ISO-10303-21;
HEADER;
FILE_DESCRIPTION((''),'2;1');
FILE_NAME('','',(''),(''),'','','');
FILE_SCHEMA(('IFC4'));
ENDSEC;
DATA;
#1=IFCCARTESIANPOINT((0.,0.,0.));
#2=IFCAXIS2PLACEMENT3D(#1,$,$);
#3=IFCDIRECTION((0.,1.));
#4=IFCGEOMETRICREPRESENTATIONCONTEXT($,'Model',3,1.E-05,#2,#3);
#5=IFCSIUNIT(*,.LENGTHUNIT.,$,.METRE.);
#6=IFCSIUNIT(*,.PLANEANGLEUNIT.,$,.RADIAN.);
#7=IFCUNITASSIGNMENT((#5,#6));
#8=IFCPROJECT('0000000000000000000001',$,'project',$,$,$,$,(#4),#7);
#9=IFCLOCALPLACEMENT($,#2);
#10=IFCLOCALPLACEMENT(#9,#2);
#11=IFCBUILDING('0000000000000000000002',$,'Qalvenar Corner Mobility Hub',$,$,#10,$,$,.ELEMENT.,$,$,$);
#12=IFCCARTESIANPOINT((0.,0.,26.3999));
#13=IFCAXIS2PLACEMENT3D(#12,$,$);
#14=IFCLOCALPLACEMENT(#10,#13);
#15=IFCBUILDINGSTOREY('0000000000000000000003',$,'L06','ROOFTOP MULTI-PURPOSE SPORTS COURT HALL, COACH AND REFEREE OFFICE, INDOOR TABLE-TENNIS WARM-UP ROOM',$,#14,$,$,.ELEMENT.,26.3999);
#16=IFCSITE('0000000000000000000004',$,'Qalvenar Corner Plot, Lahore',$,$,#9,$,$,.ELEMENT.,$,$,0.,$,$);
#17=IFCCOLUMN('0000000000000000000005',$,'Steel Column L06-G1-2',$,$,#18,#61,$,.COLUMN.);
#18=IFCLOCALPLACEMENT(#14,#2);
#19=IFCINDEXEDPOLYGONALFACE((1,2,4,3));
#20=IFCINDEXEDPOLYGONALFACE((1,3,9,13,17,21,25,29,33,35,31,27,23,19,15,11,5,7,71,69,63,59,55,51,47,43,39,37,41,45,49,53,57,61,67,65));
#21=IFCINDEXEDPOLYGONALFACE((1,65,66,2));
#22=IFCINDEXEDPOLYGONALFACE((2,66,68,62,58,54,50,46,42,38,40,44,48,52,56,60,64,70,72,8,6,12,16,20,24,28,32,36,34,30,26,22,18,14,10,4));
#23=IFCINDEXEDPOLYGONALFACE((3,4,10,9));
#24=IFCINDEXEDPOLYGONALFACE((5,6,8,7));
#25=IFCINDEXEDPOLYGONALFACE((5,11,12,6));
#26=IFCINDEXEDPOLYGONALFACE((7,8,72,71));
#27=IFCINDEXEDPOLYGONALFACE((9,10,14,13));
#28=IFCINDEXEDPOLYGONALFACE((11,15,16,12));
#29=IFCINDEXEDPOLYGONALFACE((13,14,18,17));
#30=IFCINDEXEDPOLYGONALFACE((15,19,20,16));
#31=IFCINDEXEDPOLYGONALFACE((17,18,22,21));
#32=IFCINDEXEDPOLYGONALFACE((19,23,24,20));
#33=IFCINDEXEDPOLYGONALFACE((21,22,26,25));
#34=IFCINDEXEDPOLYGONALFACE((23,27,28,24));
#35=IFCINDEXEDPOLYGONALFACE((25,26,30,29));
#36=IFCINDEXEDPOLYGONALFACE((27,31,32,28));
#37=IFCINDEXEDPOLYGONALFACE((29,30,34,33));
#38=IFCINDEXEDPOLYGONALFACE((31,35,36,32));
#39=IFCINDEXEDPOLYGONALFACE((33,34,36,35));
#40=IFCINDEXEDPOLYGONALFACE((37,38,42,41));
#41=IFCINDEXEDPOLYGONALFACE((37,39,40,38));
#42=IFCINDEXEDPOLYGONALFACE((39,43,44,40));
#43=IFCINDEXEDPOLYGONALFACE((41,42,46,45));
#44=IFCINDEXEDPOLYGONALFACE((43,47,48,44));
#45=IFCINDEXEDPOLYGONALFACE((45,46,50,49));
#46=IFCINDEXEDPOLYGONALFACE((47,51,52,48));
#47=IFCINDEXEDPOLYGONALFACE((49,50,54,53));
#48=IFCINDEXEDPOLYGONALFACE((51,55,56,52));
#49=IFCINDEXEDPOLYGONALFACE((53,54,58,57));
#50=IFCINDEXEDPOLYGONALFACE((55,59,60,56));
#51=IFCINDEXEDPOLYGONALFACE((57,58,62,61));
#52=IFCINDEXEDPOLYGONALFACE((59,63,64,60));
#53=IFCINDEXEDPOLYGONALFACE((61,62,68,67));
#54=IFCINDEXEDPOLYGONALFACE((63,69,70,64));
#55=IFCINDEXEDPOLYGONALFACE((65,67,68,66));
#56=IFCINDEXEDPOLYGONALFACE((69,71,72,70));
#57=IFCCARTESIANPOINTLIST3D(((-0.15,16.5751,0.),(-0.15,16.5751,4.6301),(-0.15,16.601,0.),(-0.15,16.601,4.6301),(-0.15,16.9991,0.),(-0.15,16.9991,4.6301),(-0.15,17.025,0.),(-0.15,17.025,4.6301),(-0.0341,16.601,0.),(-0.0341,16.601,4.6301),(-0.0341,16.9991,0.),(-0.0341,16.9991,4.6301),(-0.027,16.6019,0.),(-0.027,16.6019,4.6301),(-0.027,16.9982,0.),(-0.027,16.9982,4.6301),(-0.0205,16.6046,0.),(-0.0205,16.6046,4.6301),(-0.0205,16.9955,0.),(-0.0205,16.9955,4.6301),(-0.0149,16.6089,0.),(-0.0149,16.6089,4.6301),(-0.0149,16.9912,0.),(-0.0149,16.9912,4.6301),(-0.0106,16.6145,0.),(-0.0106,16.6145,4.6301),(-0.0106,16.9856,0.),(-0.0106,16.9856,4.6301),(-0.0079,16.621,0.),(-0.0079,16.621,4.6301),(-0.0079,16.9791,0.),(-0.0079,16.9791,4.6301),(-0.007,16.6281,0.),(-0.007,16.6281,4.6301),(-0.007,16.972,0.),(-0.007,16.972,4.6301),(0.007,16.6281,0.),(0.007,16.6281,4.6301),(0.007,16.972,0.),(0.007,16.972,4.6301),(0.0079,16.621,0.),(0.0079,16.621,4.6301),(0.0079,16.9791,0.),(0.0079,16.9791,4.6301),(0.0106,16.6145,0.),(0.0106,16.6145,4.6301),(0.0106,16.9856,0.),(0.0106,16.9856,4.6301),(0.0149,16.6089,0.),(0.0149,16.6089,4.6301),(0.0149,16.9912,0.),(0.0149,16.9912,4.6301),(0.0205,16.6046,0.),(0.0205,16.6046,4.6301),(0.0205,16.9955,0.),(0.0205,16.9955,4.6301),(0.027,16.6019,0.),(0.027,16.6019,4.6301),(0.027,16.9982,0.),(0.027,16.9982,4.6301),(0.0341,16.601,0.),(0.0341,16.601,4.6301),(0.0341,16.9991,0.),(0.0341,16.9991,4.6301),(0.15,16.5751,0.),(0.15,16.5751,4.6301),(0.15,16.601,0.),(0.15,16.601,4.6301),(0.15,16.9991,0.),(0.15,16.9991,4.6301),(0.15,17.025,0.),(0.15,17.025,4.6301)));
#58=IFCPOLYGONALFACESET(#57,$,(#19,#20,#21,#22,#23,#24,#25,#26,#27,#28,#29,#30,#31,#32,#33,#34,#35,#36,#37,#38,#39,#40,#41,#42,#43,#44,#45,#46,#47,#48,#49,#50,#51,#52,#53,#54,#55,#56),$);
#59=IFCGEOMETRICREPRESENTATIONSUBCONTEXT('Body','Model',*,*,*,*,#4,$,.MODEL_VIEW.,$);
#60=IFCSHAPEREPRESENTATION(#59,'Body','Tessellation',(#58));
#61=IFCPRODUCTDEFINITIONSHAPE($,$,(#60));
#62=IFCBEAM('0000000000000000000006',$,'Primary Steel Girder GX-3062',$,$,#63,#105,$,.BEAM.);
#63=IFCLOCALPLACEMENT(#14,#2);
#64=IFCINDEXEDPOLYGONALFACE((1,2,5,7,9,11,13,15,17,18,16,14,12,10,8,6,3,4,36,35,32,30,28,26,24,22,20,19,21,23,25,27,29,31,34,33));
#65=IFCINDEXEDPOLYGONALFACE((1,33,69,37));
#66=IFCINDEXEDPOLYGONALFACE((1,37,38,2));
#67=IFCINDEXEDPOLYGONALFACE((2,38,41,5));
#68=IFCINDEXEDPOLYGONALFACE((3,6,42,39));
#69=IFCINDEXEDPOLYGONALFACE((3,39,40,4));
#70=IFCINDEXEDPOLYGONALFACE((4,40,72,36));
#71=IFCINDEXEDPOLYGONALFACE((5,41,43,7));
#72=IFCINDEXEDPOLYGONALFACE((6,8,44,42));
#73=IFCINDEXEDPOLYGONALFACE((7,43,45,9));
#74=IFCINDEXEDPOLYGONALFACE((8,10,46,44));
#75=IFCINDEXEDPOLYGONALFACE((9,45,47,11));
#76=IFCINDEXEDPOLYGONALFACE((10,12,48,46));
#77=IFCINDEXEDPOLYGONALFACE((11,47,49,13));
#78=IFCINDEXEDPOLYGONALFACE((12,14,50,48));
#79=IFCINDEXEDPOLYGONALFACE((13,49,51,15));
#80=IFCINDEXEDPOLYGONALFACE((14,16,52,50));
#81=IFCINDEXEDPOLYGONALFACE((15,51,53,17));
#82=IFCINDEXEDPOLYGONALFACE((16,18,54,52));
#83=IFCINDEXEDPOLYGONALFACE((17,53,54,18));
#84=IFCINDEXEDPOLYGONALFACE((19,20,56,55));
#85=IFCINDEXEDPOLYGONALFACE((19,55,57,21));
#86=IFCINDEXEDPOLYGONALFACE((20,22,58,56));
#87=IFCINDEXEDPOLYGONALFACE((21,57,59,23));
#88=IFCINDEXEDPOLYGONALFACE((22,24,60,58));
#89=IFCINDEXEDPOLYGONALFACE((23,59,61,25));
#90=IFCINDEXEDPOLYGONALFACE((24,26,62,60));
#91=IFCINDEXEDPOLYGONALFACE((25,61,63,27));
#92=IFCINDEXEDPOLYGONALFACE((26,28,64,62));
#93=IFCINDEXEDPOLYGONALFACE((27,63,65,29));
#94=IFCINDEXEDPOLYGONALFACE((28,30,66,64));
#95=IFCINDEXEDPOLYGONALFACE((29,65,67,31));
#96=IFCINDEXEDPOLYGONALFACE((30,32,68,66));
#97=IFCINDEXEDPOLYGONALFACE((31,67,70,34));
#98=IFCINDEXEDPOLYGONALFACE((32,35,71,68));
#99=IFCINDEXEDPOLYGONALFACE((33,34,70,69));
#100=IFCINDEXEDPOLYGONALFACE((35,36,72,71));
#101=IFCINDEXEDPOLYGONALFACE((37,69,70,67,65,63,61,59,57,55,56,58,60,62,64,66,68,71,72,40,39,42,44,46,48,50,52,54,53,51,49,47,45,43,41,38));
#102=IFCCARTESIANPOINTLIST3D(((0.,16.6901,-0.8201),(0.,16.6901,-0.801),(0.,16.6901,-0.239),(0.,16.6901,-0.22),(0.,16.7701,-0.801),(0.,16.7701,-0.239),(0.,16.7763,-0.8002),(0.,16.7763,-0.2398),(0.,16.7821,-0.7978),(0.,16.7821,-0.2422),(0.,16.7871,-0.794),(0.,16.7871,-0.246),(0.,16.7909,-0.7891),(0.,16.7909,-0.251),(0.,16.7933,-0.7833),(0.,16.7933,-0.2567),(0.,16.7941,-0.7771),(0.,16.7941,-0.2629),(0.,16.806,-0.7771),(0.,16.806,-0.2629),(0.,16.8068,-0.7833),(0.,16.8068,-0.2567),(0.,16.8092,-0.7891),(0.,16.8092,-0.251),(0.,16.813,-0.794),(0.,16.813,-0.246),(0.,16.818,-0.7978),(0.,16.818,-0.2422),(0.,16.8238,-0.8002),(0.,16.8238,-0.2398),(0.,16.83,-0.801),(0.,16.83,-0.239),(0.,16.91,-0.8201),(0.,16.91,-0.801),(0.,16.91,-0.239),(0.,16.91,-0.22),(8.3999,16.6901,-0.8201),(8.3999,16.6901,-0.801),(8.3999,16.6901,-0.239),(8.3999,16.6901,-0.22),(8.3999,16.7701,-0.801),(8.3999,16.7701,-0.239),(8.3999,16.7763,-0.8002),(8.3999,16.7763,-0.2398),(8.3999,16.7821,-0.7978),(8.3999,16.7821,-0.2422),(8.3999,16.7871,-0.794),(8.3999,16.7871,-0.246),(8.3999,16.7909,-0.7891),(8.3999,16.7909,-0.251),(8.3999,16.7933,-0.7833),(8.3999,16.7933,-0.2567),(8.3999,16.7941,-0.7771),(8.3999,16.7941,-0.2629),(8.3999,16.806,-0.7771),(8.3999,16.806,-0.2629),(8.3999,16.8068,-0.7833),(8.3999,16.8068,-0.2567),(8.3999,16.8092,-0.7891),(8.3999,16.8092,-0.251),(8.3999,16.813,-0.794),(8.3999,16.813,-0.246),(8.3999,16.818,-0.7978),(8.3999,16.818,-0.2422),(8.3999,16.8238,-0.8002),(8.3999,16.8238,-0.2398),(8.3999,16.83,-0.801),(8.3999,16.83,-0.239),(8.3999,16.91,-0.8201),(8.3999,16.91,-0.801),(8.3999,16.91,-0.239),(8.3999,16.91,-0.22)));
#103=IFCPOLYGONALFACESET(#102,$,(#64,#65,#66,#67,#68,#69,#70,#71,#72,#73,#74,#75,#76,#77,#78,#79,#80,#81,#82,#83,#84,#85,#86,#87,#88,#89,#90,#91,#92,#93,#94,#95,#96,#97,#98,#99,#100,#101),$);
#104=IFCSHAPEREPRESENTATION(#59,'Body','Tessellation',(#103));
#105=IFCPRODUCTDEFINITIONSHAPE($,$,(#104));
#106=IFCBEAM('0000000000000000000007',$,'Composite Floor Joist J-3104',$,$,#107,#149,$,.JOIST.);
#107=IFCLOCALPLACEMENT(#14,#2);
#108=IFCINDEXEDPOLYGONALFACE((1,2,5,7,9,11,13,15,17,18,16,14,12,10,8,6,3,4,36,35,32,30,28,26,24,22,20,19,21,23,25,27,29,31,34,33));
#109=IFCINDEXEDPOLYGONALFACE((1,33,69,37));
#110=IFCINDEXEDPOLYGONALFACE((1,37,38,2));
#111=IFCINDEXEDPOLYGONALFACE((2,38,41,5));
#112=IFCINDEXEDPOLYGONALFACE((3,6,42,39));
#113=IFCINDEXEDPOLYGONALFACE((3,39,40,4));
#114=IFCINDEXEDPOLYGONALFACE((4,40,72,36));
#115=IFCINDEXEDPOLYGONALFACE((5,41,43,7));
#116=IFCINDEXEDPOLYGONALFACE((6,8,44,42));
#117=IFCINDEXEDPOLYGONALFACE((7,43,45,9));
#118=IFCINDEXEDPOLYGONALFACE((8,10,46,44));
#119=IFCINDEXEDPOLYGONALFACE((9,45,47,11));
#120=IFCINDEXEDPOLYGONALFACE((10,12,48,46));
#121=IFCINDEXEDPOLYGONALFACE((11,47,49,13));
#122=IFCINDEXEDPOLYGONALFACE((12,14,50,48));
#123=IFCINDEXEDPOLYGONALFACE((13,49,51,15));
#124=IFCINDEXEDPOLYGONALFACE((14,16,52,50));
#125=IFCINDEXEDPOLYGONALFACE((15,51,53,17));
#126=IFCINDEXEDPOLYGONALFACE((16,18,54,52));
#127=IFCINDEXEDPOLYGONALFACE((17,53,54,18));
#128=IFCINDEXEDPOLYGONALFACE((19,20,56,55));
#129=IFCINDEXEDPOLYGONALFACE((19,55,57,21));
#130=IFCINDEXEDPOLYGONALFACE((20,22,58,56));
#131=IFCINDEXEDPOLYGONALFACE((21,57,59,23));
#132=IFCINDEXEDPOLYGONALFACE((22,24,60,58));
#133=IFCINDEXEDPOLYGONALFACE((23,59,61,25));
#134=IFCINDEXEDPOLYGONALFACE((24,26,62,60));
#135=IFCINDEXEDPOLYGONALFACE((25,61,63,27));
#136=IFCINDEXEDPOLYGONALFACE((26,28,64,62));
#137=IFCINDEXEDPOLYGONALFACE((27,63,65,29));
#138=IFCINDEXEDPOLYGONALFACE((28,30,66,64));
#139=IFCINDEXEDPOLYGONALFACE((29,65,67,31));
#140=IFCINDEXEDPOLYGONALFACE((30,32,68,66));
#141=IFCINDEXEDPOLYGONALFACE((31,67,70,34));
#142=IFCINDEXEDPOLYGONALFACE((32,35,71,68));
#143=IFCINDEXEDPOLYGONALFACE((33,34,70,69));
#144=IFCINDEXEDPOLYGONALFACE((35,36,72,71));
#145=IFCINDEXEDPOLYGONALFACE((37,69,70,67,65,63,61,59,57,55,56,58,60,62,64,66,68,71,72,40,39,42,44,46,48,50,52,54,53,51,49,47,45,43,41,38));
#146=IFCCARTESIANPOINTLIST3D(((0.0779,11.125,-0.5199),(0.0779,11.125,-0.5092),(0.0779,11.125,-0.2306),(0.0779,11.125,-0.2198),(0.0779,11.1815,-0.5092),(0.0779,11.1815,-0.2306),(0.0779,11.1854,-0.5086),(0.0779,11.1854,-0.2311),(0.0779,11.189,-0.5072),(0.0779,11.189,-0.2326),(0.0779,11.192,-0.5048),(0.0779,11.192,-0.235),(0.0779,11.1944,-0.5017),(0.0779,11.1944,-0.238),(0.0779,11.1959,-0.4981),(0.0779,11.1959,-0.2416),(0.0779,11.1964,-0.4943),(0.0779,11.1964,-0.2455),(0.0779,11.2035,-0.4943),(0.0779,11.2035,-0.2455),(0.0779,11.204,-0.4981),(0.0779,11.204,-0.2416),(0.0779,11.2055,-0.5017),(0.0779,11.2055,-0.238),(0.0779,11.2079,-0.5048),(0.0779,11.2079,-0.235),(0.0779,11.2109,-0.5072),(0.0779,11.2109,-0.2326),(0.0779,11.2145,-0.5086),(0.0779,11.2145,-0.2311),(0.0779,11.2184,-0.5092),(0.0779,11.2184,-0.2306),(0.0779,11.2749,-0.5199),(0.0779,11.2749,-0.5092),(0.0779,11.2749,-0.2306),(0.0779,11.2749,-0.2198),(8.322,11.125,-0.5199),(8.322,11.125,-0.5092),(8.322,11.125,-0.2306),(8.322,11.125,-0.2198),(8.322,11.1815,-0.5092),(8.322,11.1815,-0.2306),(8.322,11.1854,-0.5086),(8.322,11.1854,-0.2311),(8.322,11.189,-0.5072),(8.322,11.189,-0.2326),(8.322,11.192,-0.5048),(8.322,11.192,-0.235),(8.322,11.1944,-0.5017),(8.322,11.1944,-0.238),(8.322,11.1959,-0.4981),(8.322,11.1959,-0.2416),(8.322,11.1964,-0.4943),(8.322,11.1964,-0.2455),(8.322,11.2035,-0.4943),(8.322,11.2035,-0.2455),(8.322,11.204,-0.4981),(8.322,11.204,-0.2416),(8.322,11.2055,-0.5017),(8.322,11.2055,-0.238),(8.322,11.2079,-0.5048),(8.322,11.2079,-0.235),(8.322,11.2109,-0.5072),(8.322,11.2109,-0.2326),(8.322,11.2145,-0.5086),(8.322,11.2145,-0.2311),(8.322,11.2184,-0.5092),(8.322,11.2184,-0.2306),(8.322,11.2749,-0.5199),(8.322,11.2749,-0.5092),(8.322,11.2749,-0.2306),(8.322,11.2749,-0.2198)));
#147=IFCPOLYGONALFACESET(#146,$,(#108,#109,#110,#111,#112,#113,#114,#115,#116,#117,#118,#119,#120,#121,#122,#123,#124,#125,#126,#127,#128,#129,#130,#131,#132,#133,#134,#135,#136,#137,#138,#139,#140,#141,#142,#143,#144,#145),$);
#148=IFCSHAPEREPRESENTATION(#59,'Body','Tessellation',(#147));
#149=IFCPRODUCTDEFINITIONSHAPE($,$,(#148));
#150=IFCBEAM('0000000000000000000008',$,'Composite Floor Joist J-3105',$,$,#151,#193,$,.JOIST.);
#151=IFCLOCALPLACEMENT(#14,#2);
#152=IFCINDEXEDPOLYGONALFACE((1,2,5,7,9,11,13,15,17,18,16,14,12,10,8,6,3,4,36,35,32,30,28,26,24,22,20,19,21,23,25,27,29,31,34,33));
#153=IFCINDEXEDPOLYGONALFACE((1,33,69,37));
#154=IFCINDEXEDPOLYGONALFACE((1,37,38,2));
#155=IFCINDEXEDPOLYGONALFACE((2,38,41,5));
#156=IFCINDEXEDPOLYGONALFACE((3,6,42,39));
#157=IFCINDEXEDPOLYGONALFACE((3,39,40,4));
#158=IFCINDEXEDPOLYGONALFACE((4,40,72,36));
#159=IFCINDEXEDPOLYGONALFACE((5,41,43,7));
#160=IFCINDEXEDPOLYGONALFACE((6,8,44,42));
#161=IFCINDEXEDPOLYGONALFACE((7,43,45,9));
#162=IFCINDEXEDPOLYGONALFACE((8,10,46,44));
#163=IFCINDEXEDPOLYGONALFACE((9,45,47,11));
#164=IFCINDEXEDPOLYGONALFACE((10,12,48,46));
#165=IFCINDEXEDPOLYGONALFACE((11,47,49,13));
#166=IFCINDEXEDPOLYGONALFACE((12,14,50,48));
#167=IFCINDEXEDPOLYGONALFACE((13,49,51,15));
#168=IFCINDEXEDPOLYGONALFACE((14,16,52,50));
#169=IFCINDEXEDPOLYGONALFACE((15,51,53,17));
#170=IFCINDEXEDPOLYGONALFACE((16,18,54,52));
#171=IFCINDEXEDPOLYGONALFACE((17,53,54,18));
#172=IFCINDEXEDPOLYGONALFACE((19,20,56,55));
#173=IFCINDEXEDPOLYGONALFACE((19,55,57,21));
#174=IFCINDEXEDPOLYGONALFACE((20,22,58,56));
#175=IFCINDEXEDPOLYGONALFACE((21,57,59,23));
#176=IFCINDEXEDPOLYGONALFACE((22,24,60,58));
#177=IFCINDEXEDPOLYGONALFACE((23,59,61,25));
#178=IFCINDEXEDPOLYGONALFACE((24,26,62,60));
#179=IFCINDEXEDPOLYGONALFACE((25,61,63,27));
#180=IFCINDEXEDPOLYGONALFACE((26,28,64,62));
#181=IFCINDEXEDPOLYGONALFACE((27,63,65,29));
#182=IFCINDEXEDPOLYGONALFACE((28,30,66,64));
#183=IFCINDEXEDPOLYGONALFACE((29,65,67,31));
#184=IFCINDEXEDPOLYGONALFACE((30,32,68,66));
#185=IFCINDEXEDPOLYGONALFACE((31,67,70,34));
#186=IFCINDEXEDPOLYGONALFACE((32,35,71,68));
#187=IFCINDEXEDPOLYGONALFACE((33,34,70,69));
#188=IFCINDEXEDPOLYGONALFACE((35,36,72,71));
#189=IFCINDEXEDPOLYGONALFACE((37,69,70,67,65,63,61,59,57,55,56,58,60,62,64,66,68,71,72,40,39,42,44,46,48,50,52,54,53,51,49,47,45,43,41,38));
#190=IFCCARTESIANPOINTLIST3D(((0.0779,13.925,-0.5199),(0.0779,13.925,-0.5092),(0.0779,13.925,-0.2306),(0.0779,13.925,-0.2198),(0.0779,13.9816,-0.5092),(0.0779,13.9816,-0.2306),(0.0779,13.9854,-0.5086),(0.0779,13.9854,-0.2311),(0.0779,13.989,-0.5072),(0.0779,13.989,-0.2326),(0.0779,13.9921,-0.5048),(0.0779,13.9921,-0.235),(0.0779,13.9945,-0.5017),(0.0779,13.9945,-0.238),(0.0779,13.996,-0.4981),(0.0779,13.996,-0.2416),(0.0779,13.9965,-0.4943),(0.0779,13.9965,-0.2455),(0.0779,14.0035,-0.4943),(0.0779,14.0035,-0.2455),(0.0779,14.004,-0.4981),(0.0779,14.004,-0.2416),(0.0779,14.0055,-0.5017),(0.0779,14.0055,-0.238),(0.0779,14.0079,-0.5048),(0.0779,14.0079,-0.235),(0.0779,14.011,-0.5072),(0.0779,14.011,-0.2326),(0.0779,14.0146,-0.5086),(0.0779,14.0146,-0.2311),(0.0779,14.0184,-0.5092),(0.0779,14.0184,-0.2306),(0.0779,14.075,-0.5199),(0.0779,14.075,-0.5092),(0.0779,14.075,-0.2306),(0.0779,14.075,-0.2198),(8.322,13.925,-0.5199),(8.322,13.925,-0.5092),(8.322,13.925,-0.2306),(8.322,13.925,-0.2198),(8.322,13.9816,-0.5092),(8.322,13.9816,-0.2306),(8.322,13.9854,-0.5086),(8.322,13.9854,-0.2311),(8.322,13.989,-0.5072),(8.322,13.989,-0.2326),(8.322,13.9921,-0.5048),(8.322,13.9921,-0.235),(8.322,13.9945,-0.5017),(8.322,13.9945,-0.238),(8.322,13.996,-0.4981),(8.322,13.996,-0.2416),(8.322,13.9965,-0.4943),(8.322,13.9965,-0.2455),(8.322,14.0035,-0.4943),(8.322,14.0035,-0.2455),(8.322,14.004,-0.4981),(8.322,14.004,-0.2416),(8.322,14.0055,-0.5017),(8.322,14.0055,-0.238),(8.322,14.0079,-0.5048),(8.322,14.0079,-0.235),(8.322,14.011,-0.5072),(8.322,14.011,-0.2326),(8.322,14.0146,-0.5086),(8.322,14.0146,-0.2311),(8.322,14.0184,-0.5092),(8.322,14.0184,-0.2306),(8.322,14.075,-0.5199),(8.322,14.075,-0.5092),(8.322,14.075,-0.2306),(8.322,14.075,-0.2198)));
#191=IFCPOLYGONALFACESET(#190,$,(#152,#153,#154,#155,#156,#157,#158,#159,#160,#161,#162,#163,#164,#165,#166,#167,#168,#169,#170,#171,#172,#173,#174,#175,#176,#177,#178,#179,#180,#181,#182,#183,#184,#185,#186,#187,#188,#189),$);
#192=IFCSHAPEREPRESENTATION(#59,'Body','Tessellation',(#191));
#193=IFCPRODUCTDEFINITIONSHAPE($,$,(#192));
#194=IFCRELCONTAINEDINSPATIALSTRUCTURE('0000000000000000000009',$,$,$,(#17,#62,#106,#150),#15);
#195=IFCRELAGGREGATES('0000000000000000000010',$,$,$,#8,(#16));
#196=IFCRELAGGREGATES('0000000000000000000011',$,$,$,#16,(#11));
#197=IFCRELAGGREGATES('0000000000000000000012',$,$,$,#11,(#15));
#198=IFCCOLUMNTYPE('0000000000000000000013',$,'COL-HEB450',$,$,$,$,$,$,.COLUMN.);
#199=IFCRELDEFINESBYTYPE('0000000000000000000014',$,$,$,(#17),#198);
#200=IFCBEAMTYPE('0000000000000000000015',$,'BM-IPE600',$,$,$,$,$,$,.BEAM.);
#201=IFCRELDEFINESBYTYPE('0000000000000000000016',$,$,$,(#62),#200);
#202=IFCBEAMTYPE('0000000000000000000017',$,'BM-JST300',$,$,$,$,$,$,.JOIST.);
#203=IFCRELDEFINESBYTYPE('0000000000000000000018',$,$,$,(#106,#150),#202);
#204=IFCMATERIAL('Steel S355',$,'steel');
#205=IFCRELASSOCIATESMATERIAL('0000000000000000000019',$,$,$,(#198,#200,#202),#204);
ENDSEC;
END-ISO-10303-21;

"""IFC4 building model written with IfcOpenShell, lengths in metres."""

from ifc_helpers import new_model, si_unit, direction, frame, origin, origin_2d, place, context, subcontext, project, spatial, i_section, extrude, material, material_profile, profile_set, type_object, element, save


model = new_model("IFC4")

# Units and contexts
model_context = context("Model", 3, precision=1e-05, world=origin(), true_north=direction((0.0, 1.0)))
body_context = subcontext(model_context, "Body", "Model", "MODEL_VIEW")
ifc_project = project(units=[si_unit("LENGTHUNIT", "METRE"), si_unit("PLANEANGLEUNIT", "RADIAN")], contexts=[model_context])

# Site, building, storey
site_placement = place(None, origin())
site = spatial("IfcSite", under=ifc_project, at=site_placement, Name="Qalvenar Corner Plot, Lahore", CompositionType="ELEMENT", RefElevation=0.0)
building_placement = place(site_placement, origin())
building = spatial("IfcBuilding", under=site, at=building_placement, Name="Qalvenar Corner Mobility Hub", CompositionType="ELEMENT")
storey_placement = place(building_placement, frame((0.0, 0.0, 26.3999)))
storey = spatial("IfcBuildingStorey", under=building, at=storey_placement, Name="L06", Description="ROOFTOP MULTI-PURPOSE SPORTS COURT HALL, COACH AND REFEREE OFFICE, INDOOR TABLE-TENNIS WARM-UP ROOM", CompositionType="ELEMENT", Elevation=26.3999)

# Column
ifc_material_1 = material(Name="Steel S355", Category="steel")
ifc_material_profile_1 = material_profile(ifc_material_1, i_section(OverallWidth=0.3, OverallDepth=0.45, WebThickness=0.0139, FlangeThickness=0.0259, FilletRadius=0.0271, at=origin_2d()), Name="HEB450")
ifc_profile_set_1 = profile_set([ifc_material_profile_1], Name="Steel S355")
column_type = type_object("IfcColumnType", Name="COL-HEB450", PredefinedType="COLUMN", material=ifc_profile_set_1)
column_placement = place(storey_placement, frame((0.0, 16.8, 0.0), z_axis=(0.0, 0.0, 1.0), x_axis=(1.0, 0.0, 0.0)))
element("IfcColumn", 1, at=column_placement, inside=storey, type_object=column_type, Name="Steel Column L06-G1-2", PredefinedType="COLUMN", context=body_context, shape_type="SweptSolid", body=[
    extrude(i_section(OverallWidth=0.3, OverallDepth=0.45, WebThickness=0.0139, FlangeThickness=0.0259, FilletRadius=0.0271, at=origin_2d()), origin(), (0.0, 0.0, 1.0), 4.6301),
])

# Beams
ifc_material_profile_2 = material_profile(ifc_material_1, i_section(OverallWidth=0.22, OverallDepth=0.6001, WebThickness=0.012, FlangeThickness=0.019, FilletRadius=0.0239, at=origin_2d()), Name="IPE600")
ifc_profile_set_2 = profile_set([ifc_material_profile_2], Name="Steel S355")
beam_type_1 = type_object("IfcBeamType", Name="BM-IPE600", PredefinedType="BEAM", material=ifc_profile_set_2)
beam_1_placement = place(storey_placement, frame((0.0, 16.8, -0.52), z_axis=(1.0, 0.0, 0.0), x_axis=(0.0, 1.0, 0.0)))
element("IfcBeam", 2, at=beam_1_placement, inside=storey, type_object=beam_type_1, Name="Primary Steel Girder GX-3062", PredefinedType="BEAM", context=body_context, shape_type="SweptSolid", body=[
    extrude(i_section(OverallWidth=0.22, OverallDepth=0.6001, WebThickness=0.012, FlangeThickness=0.019, FilletRadius=0.0239, at=origin_2d()), origin(), (0.0, 0.0, 1.0), 8.3999),
])
ifc_material_profile_3 = material_profile(ifc_material_1, i_section(OverallWidth=0.1499, OverallDepth=0.3, WebThickness=0.0071, FlangeThickness=0.0107, FilletRadius=0.0149, at=origin_2d()), Name="IPE300")
ifc_profile_set_3 = profile_set([ifc_material_profile_3], Name="Steel S355")
beam_type_2 = type_object("IfcBeamType", Name="BM-JST300", PredefinedType="JOIST", material=ifc_profile_set_3)
for number, where, z_axis, x_axis, name in (
    (3, (0.0779, 11.2, -0.3699), (1.0, 0.0, 0.0), (0.0, 1.0, 0.0), "Composite Floor Joist J-3104"),
    (4, (0.0779, 14.0, -0.3699), (1.0, 0.0, 0.0), (0.0, 1.0, 0.0), "Composite Floor Joist J-3105"),
):
    element("IfcBeam", number, at=place(storey_placement, frame(where, z_axis=z_axis, x_axis=x_axis)), inside=storey, type_object=beam_type_2, Name=name, PredefinedType="JOIST", context=body_context, shape_type="SweptSolid", body=[
        extrude(i_section(OverallWidth=0.1499, OverallDepth=0.3, WebThickness=0.0071, FlangeThickness=0.0107, FilletRadius=0.0149, at=origin_2d()), origin(), (0.0, 0.0, 1.0), 8.2441),
    ])

save(model, "model.ifc")
